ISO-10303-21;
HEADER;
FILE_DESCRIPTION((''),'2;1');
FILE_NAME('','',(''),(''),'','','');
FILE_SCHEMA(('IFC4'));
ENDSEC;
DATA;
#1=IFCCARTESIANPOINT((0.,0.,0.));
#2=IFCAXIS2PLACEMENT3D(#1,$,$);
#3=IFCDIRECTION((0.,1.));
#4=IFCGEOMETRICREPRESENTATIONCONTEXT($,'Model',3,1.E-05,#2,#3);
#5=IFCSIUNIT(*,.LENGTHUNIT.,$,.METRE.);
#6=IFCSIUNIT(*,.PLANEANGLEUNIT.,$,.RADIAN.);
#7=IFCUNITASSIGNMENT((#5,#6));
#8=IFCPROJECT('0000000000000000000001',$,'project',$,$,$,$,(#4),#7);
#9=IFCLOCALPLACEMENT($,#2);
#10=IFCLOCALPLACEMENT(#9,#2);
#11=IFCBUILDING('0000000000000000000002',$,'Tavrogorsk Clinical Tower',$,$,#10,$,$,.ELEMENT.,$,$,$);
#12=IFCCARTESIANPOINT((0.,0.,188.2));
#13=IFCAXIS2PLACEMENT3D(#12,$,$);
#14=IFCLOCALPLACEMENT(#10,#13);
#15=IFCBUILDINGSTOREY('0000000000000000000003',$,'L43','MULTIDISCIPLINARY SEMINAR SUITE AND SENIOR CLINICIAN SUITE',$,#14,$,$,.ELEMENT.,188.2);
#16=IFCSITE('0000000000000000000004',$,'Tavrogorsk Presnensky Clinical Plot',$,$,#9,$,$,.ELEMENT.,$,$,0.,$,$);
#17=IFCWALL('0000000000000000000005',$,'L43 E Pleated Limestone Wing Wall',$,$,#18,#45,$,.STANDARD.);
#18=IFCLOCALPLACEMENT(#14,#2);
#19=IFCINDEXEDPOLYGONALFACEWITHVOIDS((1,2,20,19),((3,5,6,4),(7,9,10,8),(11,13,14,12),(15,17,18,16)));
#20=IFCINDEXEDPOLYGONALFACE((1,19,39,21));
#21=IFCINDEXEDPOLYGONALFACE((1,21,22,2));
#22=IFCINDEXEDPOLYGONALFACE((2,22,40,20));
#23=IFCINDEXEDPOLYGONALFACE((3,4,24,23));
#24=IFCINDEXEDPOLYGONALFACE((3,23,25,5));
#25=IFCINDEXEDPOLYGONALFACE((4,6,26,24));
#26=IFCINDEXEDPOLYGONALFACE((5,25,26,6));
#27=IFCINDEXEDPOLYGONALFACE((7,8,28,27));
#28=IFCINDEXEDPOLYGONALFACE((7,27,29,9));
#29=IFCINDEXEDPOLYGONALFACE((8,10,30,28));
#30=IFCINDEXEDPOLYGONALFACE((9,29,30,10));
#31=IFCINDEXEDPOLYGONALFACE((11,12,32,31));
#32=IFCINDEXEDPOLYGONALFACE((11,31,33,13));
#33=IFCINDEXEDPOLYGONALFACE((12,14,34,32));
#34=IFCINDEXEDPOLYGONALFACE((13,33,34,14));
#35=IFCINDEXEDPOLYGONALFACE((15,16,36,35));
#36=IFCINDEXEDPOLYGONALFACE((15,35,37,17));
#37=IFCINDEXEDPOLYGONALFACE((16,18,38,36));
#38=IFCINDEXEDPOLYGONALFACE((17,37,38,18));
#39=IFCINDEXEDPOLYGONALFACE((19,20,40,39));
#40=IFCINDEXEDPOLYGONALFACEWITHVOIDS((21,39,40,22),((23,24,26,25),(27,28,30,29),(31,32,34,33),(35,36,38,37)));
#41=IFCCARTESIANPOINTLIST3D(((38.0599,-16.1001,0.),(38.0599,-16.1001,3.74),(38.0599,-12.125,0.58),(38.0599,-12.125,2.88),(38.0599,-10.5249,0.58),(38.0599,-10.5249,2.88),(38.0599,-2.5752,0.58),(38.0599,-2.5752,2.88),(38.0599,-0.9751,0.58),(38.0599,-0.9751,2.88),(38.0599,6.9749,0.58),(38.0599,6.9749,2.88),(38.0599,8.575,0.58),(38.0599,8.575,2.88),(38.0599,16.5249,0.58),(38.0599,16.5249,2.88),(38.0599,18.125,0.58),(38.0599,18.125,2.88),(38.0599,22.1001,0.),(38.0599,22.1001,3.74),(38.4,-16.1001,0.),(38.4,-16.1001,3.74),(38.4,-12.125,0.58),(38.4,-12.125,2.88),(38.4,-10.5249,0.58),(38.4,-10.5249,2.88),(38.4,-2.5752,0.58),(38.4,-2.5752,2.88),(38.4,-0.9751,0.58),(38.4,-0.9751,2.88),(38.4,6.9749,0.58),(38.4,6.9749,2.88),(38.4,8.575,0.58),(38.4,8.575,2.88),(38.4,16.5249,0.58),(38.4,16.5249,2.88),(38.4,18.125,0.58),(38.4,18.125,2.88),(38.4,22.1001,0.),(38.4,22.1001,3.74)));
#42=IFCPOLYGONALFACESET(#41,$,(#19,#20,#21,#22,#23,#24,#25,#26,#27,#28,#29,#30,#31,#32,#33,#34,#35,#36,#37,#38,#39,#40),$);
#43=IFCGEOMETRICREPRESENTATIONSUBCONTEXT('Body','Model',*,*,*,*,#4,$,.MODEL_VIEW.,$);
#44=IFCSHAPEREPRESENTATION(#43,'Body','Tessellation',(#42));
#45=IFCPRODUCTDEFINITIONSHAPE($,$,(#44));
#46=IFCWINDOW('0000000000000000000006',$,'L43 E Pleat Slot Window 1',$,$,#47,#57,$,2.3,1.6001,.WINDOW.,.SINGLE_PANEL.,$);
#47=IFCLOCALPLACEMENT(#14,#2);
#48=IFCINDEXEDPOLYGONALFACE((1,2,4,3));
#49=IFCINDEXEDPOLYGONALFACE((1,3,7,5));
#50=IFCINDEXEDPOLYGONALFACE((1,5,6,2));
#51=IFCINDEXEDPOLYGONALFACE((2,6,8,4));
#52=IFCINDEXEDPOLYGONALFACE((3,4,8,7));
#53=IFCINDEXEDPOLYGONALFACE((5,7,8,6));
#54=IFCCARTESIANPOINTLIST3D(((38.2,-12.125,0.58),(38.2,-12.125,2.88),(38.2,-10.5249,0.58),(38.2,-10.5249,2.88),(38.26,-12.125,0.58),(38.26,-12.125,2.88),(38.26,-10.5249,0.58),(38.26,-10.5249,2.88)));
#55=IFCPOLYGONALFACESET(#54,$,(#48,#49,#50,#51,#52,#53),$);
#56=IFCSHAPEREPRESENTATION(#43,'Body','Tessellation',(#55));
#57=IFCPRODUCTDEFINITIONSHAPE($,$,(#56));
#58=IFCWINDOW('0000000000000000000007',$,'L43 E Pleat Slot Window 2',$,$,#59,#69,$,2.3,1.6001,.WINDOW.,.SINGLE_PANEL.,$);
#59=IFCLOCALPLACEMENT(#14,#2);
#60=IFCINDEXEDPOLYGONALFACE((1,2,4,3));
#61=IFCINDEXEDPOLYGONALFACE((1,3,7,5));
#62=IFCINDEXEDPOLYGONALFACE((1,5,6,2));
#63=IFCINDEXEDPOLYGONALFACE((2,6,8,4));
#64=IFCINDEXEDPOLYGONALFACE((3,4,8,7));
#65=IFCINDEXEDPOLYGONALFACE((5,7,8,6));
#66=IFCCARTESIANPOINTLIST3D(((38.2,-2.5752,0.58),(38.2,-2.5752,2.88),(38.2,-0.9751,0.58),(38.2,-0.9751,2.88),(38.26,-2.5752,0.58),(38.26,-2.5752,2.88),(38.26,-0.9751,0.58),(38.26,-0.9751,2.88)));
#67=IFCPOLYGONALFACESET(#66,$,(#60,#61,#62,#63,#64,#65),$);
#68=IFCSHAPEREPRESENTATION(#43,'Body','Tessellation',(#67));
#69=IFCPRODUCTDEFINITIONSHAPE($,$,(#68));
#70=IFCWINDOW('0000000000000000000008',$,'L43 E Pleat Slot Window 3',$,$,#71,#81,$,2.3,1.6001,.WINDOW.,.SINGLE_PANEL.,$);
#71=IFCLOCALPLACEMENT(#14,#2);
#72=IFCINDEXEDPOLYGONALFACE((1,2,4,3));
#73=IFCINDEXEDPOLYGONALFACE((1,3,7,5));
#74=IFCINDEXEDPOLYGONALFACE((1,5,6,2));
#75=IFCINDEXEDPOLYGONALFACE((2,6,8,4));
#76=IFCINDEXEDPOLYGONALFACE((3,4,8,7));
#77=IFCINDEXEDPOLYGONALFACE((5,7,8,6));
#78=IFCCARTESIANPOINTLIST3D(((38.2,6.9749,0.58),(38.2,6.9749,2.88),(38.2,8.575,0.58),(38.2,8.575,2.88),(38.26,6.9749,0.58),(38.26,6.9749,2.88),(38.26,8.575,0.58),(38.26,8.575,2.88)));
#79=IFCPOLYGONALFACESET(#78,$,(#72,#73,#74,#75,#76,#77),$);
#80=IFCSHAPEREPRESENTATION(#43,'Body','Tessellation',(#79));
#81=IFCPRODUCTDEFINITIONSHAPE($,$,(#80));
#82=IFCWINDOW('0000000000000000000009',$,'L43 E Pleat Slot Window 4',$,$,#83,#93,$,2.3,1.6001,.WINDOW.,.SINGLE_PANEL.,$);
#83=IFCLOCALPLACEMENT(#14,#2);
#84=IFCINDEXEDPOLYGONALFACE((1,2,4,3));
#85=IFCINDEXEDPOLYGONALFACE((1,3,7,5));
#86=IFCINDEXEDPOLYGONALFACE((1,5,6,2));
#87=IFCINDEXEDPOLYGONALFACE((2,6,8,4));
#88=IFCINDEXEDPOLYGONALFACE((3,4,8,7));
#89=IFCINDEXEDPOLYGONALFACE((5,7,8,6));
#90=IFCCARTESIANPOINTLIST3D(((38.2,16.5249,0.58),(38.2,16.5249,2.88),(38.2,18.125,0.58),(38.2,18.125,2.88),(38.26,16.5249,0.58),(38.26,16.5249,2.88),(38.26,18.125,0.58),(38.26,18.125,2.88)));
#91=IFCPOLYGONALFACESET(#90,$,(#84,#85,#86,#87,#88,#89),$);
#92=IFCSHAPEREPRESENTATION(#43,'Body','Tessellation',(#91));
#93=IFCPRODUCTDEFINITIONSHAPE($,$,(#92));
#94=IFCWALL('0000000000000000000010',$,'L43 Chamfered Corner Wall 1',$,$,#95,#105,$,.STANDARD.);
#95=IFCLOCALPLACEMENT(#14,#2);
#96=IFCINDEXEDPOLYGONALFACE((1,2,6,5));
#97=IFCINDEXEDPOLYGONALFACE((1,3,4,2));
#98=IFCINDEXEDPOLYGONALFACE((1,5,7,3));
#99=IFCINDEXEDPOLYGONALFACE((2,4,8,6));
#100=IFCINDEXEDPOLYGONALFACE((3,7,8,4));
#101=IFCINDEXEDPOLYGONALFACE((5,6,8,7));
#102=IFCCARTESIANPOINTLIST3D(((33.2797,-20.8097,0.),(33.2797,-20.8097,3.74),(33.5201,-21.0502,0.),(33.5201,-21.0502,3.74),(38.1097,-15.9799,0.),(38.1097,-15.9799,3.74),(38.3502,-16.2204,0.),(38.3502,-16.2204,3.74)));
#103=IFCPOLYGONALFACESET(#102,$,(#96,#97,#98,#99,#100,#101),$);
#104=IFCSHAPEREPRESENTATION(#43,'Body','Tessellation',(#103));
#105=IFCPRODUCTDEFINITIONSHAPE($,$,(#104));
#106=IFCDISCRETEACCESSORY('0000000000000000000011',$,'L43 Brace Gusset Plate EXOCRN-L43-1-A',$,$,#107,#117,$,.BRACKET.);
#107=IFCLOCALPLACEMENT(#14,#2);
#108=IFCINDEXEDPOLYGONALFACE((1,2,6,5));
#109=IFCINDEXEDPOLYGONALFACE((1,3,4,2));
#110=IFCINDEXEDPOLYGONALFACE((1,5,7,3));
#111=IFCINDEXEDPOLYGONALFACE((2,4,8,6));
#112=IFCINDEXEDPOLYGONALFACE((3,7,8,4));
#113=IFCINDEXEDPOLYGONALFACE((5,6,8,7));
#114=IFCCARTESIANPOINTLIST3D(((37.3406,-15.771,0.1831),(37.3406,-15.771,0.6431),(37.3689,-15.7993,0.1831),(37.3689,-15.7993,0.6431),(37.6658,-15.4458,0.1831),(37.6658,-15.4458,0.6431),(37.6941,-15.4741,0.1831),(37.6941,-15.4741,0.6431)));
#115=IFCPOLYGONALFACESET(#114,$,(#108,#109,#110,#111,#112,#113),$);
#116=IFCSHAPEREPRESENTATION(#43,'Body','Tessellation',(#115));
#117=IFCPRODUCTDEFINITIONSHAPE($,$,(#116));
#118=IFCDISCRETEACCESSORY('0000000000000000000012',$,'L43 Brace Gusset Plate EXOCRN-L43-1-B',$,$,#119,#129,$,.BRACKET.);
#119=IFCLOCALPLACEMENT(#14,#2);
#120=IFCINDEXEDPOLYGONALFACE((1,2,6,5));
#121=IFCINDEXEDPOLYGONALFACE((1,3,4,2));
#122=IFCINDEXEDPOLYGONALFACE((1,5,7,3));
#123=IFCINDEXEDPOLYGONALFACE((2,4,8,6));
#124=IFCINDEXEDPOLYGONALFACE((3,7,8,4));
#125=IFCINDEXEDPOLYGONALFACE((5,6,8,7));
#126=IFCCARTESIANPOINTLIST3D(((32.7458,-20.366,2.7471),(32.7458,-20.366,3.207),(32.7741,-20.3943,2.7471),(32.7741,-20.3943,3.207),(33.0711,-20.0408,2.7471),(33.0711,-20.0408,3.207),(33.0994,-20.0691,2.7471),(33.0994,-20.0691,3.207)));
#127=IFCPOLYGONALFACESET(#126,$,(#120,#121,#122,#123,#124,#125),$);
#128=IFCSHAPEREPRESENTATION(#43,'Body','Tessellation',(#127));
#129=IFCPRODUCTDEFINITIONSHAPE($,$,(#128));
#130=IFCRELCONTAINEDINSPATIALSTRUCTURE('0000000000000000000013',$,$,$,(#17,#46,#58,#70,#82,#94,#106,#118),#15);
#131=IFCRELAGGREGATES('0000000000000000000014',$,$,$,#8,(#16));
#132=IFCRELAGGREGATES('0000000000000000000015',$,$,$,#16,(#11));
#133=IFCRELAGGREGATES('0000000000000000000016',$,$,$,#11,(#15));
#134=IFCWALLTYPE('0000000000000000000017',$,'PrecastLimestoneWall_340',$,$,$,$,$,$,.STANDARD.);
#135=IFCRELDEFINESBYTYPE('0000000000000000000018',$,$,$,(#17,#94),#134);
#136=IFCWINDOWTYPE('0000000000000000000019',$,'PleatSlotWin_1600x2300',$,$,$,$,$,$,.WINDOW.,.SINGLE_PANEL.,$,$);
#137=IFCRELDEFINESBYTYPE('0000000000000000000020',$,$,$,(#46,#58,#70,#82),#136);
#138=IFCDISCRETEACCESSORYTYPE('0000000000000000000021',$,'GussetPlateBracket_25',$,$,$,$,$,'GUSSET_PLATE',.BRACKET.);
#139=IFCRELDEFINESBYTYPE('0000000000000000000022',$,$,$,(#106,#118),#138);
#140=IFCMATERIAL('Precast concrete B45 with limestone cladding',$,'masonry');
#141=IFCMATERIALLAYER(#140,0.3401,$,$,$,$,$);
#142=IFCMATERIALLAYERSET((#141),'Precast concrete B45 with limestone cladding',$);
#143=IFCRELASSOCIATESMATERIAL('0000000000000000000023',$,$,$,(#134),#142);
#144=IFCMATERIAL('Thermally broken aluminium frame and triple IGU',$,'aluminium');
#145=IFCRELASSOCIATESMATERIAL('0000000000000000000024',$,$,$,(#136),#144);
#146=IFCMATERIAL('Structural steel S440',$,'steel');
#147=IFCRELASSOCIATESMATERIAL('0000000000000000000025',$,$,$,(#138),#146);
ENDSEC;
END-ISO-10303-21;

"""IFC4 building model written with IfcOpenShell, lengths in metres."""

from ifc_helpers import new_model, si_unit, direction, frame, frame_2d, origin, origin_2d, place, context, subcontext, project, spatial, rectangle, extrude, material, layer, layer_set, type_object, element, fill, save


model = new_model("IFC4")

# Units and contexts
model_context = context("Model", 3, precision=1e-05, world=origin(), true_north=direction((0.0, 1.0)))
body_context = subcontext(model_context, "Body", "Model", "MODEL_VIEW")
ifc_project = project(units=[si_unit("LENGTHUNIT", "METRE"), si_unit("PLANEANGLEUNIT", "RADIAN")], contexts=[model_context])

# Site, building, storey
site_placement = place(None, origin())
site = spatial("IfcSite", under=ifc_project, at=site_placement, Name="Tavrogorsk Presnensky Clinical Plot", CompositionType="ELEMENT", RefElevation=0.0)
building_placement = place(site_placement, origin())
building = spatial("IfcBuilding", under=site, at=building_placement, Name="Tavrogorsk Clinical Tower", CompositionType="ELEMENT")
storey_placement = place(building_placement, frame((0.0, 0.0, 188.2)))
storey = spatial("IfcBuildingStorey", under=building, at=storey_placement, Name="L43", Description="MULTIDISCIPLINARY SEMINAR SUITE AND SENIOR CLINICIAN SUITE", CompositionType="ELEMENT", Elevation=188.2)

# Wall, openings, windows
ifc_material_1 = material(Name="Precast concrete B45 with limestone cladding", Category="masonry")
ifc_layer_1 = layer(ifc_material_1, 0.3401)
ifc_layer_set_1 = layer_set([ifc_layer_1], Name="Precast concrete B45 with limestone cladding")
wall_type_1 = type_object("IfcWallType", Name="PrecastLimestoneWall_340", PredefinedType="STANDARD", material=ifc_layer_set_1)
wall_1_placement = place(storey_placement, frame((38.23, -16.1001, 0.0), z_axis=(0.0, 0.0, 1.0), x_axis=(0.0, 1.0, 0.0)))
wall_1 = element("IfcWall", 1, at=wall_1_placement, inside=storey, type_object=wall_type_1, Name="L43 E Pleated Limestone Wing Wall", PredefinedType="STANDARD", context=body_context, shape_type="SweptSolid", body=[
    extrude(rectangle(XDim=38.2002, YDim=0.3401, at=frame_2d((19.1001, 0.0))), origin(), (0.0, 0.0, 1.0), 3.74),
])
opening_1_placement = place(wall_1_placement, frame((3.9751, 0.0, 0.5801)))
opening_1 = element("IfcOpeningElement", 2, at=opening_1_placement, cuts=wall_1, PredefinedType="OPENING", context=body_context, shape_type="SweptSolid", body=[
    extrude(rectangle(XDim=1.6001, YDim=2.3, at=frame_2d((0.8, 1.1499))), frame((0.0, 0.1799, 0.0), z_axis=(0.0, -1.0, 0.0), x_axis=(1.0, 0.0, 0.0)), (0.0, 0.0, 1.0), 0.3601),
])
opening_2_placement = place(wall_1_placement, frame((13.5249, 0.0, 0.5801)))
opening_2 = element("IfcOpeningElement", 3, at=opening_2_placement, cuts=wall_1, PredefinedType="OPENING", context=body_context, shape_type="SweptSolid", body=[
    extrude(rectangle(XDim=1.6001, YDim=2.3, at=frame_2d((0.8, 1.1499))), frame((0.0, 0.1799, 0.0), z_axis=(0.0, -1.0, 0.0), x_axis=(1.0, 0.0, 0.0)), (0.0, 0.0, 1.0), 0.3601),
])
opening_3_placement = place(wall_1_placement, frame((23.075, 0.0, 0.5801)))
opening_3 = element("IfcOpeningElement", 4, at=opening_3_placement, cuts=wall_1, PredefinedType="OPENING", context=body_context, shape_type="SweptSolid", body=[
    extrude(rectangle(XDim=1.6001, YDim=2.3, at=frame_2d((0.8, 1.1499))), frame((0.0, 0.1799, 0.0), z_axis=(0.0, -1.0, 0.0), x_axis=(1.0, 0.0, 0.0)), (0.0, 0.0, 1.0), 0.3601),
])
opening_4_placement = place(wall_1_placement, frame((32.625, 0.0, 0.5801)))
opening_4 = element("IfcOpeningElement", 5, at=opening_4_placement, cuts=wall_1, PredefinedType="OPENING", context=body_context, shape_type="SweptSolid", body=[
    extrude(rectangle(XDim=1.6001, YDim=2.3, at=frame_2d((0.8, 1.1499))), frame((0.0, 0.1799, 0.0), z_axis=(0.0, -1.0, 0.0), x_axis=(1.0, 0.0, 0.0)), (0.0, 0.0, 1.0), 0.3601),
])
ifc_material_2 = material(Name="Thermally broken aluminium frame and triple IGU", Category="aluminium")
window_type = type_object("IfcWindowType", Name="PleatSlotWin_1600x2300", PartitioningType="SINGLE_PANEL", PredefinedType="WINDOW", material=ifc_material_2)
window_1_placement = place(opening_1_placement, origin())
window_1 = element("IfcWindow", 6, at=window_1_placement, inside=storey, type_object=window_type, Name="L43 E Pleat Slot Window 1", OverallHeight=2.3, OverallWidth=1.6001, PartitioningType="SINGLE_PANEL", PredefinedType="WINDOW", context=body_context, shape_type="SweptSolid", body=[
    extrude(rectangle(XDim=1.6001, YDim=2.3, at=frame_2d((0.8, 1.1499))), frame((0.0, 0.03, 0.0), z_axis=(0.0, -1.0, 0.0), x_axis=(1.0, 0.0, 0.0)), (0.0, 0.0, 1.0), 0.0601),
])
fill(opening_1, window_1)
window_2_placement = place(opening_2_placement, origin())
window_2 = element("IfcWindow", 7, at=window_2_placement, inside=storey, type_object=window_type, Name="L43 E Pleat Slot Window 2", OverallHeight=2.3, OverallWidth=1.6001, PartitioningType="SINGLE_PANEL", PredefinedType="WINDOW", context=body_context, shape_type="SweptSolid", body=[
    extrude(rectangle(XDim=1.6001, YDim=2.3, at=frame_2d((0.8, 1.1499))), frame((0.0, 0.03, 0.0), z_axis=(0.0, -1.0, 0.0), x_axis=(1.0, 0.0, 0.0)), (0.0, 0.0, 1.0), 0.0601),
])
fill(opening_2, window_2)
window_3_placement = place(opening_3_placement, origin())
window_3 = element("IfcWindow", 8, at=window_3_placement, inside=storey, type_object=window_type, Name="L43 E Pleat Slot Window 3", OverallHeight=2.3, OverallWidth=1.6001, PartitioningType="SINGLE_PANEL", PredefinedType="WINDOW", context=body_context, shape_type="SweptSolid", body=[
    extrude(rectangle(XDim=1.6001, YDim=2.3, at=frame_2d((0.8, 1.1499))), frame((0.0, 0.03, 0.0), z_axis=(0.0, -1.0, 0.0), x_axis=(1.0, 0.0, 0.0)), (0.0, 0.0, 1.0), 0.0601),
])
fill(opening_3, window_3)
window_4_placement = place(opening_4_placement, origin())
window_4 = element("IfcWindow", 9, at=window_4_placement, inside=storey, type_object=window_type, Name="L43 E Pleat Slot Window 4", OverallHeight=2.3, OverallWidth=1.6001, PartitioningType="SINGLE_PANEL", PredefinedType="WINDOW", context=body_context, shape_type="SweptSolid", body=[
    extrude(rectangle(XDim=1.6001, YDim=2.3, at=frame_2d((0.8, 1.1499))), frame((0.0, 0.03, 0.0), z_axis=(0.0, -1.0, 0.0), x_axis=(1.0, 0.0, 0.0)), (0.0, 0.0, 1.0), 0.0601),
])
fill(opening_4, window_4)

# Wall
wall_2_placement = place(storey_placement, frame((33.3999, -20.9299, 0.0), z_axis=(0.0, 0.0, 1.0), x_axis=(0.707125, 0.707089, 0.0)))
element("IfcWall", 10, at=wall_2_placement, inside=storey, type_object=wall_type_1, Name="L43 Chamfered Corner Wall 1", PredefinedType="STANDARD", context=body_context, shape_type="SweptSolid", body=[
    extrude(rectangle(XDim=6.8306, YDim=0.3401, at=frame_2d((3.4153, 0.0))), origin(), (0.0, 0.0, 1.0), 3.74),
])

# Discrete accessories
ifc_material_3 = material(Name="Structural steel S440", Category="steel")
discrete_accessory_type = type_object("IfcDiscreteAccessoryType", Name="GussetPlateBracket_25", ElementType="GUSSET_PLATE", PredefinedType="BRACKET", material=ifc_material_3)
for number, where, z_axis, x_axis, name in (
    (11, (37.5173, -15.6226, 0.1831), (0.0, 0.0, 1.0), (-0.707107, -0.707107, 0.0), "L43 Brace Gusset Plate EXOCRN-L43-1-A"),
    (12, (32.9226, -20.2175, 2.7471), (0.0, 0.0, 1.0), (-0.707107, -0.707107, 0.0), "L43 Brace Gusset Plate EXOCRN-L43-1-B"),
):
    element("IfcDiscreteAccessory", number, at=place(storey_placement, frame(where, z_axis=z_axis, x_axis=x_axis)), inside=storey, type_object=discrete_accessory_type, Name=name, PredefinedType="BRACKET", context=body_context, shape_type="SweptSolid", body=[
        extrude(rectangle(XDim=0.46, YDim=0.04, at=origin_2d()), origin(), (0.0, 0.0, 1.0), 0.46),
    ])

save(model, "model.ifc")
